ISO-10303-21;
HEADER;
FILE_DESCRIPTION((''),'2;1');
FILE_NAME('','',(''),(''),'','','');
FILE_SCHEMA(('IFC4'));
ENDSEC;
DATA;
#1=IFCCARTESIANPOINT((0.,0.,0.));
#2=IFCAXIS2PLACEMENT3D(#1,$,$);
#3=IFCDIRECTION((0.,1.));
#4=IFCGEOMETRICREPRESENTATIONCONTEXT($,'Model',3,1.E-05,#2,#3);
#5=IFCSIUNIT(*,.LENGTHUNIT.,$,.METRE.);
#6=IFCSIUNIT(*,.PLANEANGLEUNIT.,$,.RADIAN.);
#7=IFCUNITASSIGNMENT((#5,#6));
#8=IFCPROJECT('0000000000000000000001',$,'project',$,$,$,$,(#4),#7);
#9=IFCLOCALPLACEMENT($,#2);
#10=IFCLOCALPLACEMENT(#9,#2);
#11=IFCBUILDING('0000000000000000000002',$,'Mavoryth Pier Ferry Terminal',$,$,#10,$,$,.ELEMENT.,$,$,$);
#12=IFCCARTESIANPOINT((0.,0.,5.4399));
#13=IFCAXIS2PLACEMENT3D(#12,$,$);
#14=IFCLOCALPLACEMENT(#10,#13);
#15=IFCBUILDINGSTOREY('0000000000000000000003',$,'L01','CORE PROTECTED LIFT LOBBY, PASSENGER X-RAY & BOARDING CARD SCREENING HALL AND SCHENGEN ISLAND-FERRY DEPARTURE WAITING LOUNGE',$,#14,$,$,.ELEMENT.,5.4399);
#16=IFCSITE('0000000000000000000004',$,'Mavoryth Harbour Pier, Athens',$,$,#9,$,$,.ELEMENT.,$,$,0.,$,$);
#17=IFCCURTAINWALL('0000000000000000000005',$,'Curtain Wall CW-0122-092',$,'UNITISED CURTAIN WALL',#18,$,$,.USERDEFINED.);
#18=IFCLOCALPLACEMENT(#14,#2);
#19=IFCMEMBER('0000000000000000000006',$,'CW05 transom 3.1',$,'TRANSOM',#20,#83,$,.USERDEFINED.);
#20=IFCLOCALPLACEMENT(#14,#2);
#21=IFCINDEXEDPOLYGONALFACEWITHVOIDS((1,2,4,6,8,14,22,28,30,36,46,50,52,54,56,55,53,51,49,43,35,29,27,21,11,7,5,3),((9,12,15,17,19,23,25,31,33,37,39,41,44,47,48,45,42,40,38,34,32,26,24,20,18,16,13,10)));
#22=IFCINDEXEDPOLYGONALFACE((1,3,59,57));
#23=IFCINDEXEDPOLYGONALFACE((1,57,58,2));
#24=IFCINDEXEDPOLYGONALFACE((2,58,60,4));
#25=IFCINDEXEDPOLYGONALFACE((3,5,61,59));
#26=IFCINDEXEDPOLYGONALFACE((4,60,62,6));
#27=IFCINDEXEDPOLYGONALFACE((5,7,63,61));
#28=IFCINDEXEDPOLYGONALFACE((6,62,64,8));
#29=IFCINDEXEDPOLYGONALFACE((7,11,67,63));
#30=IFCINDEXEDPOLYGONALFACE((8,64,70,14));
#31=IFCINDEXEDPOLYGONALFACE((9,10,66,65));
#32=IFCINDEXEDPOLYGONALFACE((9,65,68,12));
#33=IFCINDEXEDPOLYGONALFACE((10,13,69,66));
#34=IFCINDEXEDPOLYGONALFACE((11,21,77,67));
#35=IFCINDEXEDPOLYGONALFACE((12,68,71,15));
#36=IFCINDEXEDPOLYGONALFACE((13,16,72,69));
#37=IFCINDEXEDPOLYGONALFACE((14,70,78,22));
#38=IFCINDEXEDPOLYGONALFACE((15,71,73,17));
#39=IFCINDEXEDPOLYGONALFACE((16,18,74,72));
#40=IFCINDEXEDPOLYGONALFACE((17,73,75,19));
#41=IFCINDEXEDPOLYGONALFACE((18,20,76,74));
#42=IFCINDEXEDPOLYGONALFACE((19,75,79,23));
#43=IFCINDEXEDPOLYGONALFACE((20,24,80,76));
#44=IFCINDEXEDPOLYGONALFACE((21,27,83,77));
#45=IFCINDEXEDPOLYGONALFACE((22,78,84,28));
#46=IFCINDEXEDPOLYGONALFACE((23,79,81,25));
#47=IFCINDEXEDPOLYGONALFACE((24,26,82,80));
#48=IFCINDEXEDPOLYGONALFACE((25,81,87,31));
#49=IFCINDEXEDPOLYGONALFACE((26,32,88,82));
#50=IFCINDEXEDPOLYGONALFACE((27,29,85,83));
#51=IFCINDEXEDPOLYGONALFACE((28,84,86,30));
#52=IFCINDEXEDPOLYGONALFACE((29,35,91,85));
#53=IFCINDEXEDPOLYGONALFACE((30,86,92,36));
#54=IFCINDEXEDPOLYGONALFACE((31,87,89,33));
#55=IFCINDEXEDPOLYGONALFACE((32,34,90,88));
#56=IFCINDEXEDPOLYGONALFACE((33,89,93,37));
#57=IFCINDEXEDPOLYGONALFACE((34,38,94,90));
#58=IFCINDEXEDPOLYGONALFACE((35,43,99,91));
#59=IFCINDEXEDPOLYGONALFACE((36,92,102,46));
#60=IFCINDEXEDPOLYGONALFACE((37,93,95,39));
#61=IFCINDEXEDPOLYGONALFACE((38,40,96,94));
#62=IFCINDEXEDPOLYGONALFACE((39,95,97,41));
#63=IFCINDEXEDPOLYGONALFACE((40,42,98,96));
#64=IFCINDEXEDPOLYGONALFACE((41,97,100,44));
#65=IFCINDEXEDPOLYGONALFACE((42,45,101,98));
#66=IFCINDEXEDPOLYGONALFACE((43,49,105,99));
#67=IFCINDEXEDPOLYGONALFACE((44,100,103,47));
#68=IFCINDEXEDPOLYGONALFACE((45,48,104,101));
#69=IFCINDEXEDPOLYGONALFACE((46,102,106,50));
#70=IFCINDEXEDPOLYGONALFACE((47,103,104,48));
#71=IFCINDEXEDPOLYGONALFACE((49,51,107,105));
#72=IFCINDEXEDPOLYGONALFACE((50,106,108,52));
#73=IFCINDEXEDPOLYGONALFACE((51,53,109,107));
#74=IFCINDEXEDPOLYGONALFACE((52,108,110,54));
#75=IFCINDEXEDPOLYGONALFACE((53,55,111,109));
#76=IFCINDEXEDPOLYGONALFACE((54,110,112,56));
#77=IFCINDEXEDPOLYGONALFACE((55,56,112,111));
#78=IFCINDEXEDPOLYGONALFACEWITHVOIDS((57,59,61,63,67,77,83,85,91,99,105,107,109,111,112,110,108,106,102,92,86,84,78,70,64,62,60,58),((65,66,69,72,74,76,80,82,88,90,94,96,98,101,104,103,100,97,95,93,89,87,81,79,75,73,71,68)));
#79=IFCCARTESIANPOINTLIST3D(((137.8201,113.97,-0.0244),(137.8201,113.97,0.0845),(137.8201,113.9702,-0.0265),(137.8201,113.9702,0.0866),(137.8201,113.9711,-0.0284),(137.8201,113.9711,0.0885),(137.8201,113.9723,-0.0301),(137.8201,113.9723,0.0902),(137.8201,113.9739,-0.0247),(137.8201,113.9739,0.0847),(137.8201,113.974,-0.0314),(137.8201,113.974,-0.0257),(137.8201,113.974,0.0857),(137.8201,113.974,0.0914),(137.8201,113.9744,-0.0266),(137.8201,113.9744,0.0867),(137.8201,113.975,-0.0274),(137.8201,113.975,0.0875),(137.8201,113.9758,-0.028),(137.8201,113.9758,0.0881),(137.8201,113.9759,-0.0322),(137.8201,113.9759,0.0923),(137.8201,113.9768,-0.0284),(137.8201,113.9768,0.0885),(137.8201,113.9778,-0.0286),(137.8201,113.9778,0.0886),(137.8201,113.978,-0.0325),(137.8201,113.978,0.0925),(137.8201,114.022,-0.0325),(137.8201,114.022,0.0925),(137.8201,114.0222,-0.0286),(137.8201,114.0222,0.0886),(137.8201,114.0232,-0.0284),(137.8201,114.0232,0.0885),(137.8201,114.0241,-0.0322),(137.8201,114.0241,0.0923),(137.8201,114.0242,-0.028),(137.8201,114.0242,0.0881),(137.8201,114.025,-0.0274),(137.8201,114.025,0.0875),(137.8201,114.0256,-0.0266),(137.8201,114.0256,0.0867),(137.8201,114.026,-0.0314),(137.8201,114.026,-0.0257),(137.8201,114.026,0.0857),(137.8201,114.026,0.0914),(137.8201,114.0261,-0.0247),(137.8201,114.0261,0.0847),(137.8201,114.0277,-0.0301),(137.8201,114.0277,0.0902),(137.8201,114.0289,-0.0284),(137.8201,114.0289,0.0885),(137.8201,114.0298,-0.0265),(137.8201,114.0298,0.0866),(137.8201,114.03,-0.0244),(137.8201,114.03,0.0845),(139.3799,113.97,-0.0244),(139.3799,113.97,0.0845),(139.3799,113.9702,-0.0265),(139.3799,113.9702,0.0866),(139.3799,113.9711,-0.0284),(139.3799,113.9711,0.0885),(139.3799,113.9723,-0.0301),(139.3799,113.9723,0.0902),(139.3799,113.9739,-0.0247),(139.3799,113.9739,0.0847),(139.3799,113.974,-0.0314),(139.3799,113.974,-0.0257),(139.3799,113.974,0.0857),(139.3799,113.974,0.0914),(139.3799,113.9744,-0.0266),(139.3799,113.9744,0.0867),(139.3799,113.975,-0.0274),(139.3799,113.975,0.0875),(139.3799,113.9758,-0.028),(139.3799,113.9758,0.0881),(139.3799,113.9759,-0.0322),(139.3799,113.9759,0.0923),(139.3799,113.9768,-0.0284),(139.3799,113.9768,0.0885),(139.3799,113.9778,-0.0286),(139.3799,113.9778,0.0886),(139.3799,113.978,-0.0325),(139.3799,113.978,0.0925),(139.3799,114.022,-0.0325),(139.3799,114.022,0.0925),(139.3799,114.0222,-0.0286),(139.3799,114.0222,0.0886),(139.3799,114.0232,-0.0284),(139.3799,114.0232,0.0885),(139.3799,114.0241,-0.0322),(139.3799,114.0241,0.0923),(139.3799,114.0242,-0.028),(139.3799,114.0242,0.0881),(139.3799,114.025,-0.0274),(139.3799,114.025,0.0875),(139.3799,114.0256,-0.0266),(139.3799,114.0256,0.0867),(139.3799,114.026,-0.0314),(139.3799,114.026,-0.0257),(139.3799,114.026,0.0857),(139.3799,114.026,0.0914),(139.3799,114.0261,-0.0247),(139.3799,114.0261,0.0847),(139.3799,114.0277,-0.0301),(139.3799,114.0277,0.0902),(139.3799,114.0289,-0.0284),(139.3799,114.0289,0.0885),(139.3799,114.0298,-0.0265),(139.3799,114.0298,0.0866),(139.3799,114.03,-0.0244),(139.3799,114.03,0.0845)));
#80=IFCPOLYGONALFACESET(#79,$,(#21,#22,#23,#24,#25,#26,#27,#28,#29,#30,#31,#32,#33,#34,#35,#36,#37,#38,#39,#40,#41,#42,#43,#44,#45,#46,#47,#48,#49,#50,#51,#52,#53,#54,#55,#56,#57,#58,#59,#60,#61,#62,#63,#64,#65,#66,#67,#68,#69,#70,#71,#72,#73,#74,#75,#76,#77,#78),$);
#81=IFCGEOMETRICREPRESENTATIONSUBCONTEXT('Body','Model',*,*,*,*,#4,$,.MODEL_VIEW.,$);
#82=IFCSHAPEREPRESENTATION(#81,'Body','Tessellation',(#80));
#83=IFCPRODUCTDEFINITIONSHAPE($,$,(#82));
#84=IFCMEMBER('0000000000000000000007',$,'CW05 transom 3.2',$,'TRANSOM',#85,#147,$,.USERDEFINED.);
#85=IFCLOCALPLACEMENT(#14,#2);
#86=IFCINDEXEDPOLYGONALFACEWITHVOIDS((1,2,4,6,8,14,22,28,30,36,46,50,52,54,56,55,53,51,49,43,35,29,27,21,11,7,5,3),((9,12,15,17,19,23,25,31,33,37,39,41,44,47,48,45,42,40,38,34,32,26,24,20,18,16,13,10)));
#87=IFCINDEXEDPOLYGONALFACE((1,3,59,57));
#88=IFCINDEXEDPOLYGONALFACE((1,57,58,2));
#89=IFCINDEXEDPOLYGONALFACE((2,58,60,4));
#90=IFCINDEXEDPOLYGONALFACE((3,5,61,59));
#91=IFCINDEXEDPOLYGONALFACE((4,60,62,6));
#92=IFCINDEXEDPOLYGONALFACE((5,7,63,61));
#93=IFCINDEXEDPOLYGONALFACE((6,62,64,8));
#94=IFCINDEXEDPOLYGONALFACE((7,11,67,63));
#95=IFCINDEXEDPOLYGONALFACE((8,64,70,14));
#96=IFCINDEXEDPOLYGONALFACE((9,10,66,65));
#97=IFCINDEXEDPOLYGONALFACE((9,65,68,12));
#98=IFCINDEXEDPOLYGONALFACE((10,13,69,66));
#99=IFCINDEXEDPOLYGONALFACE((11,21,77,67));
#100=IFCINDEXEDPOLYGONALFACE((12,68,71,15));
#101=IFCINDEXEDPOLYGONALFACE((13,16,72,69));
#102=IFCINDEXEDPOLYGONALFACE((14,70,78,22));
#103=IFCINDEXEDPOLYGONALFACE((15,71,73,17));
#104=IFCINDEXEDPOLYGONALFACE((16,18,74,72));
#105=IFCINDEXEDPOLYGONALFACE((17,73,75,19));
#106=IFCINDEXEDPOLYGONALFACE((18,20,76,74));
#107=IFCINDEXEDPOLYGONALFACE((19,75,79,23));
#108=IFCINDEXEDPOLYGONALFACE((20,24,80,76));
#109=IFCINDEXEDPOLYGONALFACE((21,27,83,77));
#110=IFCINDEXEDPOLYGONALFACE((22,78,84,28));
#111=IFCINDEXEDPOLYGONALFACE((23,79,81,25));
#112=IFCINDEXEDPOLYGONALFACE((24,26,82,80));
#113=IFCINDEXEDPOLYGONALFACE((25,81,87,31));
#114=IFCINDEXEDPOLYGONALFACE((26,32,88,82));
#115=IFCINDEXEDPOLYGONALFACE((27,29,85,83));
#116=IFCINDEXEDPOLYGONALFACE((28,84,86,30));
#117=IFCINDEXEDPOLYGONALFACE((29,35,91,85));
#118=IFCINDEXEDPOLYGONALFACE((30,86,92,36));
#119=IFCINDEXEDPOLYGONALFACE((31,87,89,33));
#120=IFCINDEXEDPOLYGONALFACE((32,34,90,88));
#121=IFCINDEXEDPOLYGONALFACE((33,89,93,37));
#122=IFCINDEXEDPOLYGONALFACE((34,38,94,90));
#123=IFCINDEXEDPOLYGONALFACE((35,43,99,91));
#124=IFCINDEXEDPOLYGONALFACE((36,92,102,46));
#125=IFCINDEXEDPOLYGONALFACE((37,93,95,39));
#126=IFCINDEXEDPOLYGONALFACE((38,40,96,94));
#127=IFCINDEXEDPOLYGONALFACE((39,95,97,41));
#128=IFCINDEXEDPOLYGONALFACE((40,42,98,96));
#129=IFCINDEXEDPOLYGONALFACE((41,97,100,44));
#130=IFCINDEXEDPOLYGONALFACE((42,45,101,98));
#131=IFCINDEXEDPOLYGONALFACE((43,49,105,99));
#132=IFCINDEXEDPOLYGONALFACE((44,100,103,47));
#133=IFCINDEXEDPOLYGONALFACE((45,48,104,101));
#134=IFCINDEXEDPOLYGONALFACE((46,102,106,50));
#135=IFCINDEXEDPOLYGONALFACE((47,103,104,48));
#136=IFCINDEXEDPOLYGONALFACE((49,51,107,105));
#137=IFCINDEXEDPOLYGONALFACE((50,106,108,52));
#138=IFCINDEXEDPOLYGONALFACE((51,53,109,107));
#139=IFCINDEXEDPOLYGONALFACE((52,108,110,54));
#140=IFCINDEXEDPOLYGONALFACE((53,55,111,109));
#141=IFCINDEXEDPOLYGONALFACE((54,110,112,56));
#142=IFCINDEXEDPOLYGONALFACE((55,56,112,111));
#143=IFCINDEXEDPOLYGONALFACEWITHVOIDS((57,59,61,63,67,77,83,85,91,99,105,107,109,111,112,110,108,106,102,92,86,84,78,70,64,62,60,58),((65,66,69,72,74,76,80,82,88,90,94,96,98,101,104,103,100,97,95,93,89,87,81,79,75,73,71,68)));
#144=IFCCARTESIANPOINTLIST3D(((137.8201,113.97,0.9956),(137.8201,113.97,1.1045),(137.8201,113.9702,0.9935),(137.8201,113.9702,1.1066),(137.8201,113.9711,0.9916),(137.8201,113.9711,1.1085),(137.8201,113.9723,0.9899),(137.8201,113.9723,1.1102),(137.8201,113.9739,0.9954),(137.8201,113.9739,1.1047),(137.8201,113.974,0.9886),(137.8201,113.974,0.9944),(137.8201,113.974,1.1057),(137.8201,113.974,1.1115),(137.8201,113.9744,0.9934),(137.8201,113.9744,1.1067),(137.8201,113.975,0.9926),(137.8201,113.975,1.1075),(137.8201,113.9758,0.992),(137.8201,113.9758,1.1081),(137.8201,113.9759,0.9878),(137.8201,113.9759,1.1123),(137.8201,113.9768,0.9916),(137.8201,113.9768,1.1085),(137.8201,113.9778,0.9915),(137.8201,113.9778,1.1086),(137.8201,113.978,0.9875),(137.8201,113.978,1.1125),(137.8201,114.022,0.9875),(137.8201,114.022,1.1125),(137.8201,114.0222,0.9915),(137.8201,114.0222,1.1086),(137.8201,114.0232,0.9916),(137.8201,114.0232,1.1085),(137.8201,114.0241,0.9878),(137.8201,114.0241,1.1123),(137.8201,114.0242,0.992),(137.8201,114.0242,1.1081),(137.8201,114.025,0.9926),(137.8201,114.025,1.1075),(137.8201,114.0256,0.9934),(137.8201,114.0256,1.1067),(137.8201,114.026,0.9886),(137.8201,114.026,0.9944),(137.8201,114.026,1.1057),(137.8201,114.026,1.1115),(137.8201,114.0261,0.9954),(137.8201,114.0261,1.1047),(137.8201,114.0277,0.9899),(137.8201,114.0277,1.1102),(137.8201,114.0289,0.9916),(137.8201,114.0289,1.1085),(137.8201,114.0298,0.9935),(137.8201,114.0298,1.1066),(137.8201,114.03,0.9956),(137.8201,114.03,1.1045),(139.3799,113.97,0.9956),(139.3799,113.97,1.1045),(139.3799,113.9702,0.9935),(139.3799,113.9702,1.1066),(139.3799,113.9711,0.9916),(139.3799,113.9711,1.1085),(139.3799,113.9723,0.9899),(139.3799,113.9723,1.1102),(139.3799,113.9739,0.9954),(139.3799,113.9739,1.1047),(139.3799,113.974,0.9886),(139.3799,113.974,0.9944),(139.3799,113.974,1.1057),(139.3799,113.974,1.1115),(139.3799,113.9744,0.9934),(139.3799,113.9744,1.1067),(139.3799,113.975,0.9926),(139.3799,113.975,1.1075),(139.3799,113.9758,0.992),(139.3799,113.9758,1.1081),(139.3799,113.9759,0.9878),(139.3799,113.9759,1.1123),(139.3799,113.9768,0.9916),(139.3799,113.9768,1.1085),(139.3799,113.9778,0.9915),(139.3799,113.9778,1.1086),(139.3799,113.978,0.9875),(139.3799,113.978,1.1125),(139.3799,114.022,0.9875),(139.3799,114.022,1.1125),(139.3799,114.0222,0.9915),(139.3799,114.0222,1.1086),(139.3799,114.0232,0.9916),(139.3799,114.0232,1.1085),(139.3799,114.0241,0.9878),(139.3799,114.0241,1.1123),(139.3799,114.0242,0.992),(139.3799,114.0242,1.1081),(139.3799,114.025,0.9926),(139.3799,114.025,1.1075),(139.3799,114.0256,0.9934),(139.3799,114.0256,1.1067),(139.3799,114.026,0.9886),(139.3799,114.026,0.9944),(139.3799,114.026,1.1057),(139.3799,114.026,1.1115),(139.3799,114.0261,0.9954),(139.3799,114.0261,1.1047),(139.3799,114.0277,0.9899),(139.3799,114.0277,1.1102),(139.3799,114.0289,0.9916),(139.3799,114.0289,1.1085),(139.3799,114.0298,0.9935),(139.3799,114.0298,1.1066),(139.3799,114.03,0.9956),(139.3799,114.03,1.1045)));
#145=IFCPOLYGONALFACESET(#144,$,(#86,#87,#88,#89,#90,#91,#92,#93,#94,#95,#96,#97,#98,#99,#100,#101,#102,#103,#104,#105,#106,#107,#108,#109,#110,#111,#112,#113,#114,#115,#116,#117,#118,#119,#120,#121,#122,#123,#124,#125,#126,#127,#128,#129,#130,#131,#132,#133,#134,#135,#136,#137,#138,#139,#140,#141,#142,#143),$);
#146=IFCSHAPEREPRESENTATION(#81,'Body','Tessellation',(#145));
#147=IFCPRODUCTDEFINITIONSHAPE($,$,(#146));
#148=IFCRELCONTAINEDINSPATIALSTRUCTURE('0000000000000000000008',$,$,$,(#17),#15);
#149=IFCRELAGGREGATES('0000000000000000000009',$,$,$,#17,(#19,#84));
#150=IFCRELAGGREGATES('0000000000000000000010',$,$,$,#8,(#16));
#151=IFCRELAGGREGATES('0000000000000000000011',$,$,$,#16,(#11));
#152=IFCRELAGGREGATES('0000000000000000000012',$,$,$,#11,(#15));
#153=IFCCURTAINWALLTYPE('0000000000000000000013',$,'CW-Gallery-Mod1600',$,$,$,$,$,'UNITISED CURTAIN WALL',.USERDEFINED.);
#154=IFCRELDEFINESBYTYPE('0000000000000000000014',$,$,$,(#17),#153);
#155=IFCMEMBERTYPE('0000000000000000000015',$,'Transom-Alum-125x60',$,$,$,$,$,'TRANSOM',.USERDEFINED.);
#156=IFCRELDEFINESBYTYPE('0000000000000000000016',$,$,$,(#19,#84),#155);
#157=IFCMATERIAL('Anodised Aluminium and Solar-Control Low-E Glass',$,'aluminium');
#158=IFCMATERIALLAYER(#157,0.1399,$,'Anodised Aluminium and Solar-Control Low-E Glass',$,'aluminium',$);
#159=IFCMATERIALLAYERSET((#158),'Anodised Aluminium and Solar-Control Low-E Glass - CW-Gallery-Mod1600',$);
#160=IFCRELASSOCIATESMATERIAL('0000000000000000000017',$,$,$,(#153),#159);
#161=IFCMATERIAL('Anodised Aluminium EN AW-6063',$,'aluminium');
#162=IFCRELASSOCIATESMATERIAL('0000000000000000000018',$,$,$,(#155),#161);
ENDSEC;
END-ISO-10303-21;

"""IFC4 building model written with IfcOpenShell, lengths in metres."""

from ifc_helpers import new_model, si_unit, direction, frame, origin, origin_2d, place, context, subcontext, project, spatial, hollow_rectangle, extrude, material, layer, layer_set, material_profile, profile_set, type_object, element, aggregate, save


model = new_model("IFC4")

# Units and contexts
model_context = context("Model", 3, precision=1e-05, world=origin(), true_north=direction((0.0, 1.0)))
body_context = subcontext(model_context, "Body", "Model", "MODEL_VIEW")
ifc_project = project(units=[si_unit("LENGTHUNIT", "METRE"), si_unit("PLANEANGLEUNIT", "RADIAN")], contexts=[model_context])

# Site, building, storey
site_placement = place(None, origin())
site = spatial("IfcSite", under=ifc_project, at=site_placement, Name="Mavoryth Harbour Pier, Athens", CompositionType="ELEMENT", RefElevation=0.0)
building_placement = place(site_placement, origin())
building = spatial("IfcBuilding", under=site, at=building_placement, Name="Mavoryth Pier Ferry Terminal", CompositionType="ELEMENT")
storey_placement = place(building_placement, frame((0.0, 0.0, 5.4399)))
storey = spatial("IfcBuildingStorey", under=building, at=storey_placement, Name="L01", Description="CORE PROTECTED LIFT LOBBY, PASSENGER X-RAY & BOARDING CARD SCREENING HALL AND SCHENGEN ISLAND-FERRY DEPARTURE WAITING LOUNGE", CompositionType="ELEMENT", Elevation=5.4399)

# Curtain wall, members
ifc_material_1 = material(Name="Anodised Aluminium and Solar-Control Low-E Glass", Category="aluminium")
ifc_layer_1 = layer(ifc_material_1, 0.1399, Name="Anodised Aluminium and Solar-Control Low-E Glass", Category="aluminium")
ifc_layer_set_1 = layer_set([ifc_layer_1], Name="Anodised Aluminium and Solar-Control Low-E Glass - CW-Gallery-Mod1600")
curtain_wall_type = type_object("IfcCurtainWallType", Name="CW-Gallery-Mod1600", ElementType="UNITISED CURTAIN WALL", PredefinedType="USERDEFINED", material=ifc_layer_set_1)
curtain_wall_placement = place(storey_placement, origin())
curtain_wall = element("IfcCurtainWall", 1, at=curtain_wall_placement, inside=storey, type_object=curtain_wall_type, Name="Curtain Wall CW-0122-092", ObjectType="UNITISED CURTAIN WALL", PredefinedType="USERDEFINED")
ifc_material_2 = material(Name="Anodised Aluminium EN AW-6063", Category="aluminium")
ifc_material_profile_1 = material_profile(ifc_material_2, hollow_rectangle(XDim=0.0601, YDim=0.125, WallThickness=0.0039, InnerFilletRadius=0.0039, OuterFilletRadius=0.0081, at=origin_2d()), Name="AL-TRAN 125x60x4", Category="aluminium")
ifc_profile_set_1 = profile_set([ifc_material_profile_1], Name="Anodised Aluminium EN AW-6063 - AL-TRAN 125x60x4")
member_type_1 = type_object("IfcMemberType", Name="Transom-Alum-125x60", ElementType="TRANSOM", PredefinedType="USERDEFINED", material=ifc_profile_set_1)
member_1_placement = place(storey_placement, frame((139.3799, 114.0, 0.03), z_axis=(-1.0, 0.0, 0.0), x_axis=(0.0, -1.0, 0.0)))
member_1 = element("IfcMember", 2, at=member_1_placement, type_object=member_type_1, Name="CW05 transom 3.1", ObjectType="TRANSOM", PredefinedType="USERDEFINED", context=body_context, shape_type="SweptSolid", body=[
    extrude(hollow_rectangle(XDim=0.0601, YDim=0.125, WallThickness=0.0039, InnerFilletRadius=0.0039, OuterFilletRadius=0.0081, at=origin_2d()), origin(), (0.0, 0.0, 1.0), 1.5598),
])
member_2_placement = place(storey_placement, frame((139.3799, 114.0, 1.05), z_axis=(-1.0, 0.0, 0.0), x_axis=(0.0, -1.0, 0.0)))
member_2 = element("IfcMember", 3, at=member_2_placement, type_object=member_type_1, Name="CW05 transom 3.2", ObjectType="TRANSOM", PredefinedType="USERDEFINED", context=body_context, shape_type="SweptSolid", body=[
    extrude(hollow_rectangle(XDim=0.0601, YDim=0.125, WallThickness=0.0039, InnerFilletRadius=0.0039, OuterFilletRadius=0.0081, at=origin_2d()), origin(), (0.0, 0.0, 1.0), 1.5598),
])
aggregate(curtain_wall, [member_1, member_2])

save(model, "model.ifc")
